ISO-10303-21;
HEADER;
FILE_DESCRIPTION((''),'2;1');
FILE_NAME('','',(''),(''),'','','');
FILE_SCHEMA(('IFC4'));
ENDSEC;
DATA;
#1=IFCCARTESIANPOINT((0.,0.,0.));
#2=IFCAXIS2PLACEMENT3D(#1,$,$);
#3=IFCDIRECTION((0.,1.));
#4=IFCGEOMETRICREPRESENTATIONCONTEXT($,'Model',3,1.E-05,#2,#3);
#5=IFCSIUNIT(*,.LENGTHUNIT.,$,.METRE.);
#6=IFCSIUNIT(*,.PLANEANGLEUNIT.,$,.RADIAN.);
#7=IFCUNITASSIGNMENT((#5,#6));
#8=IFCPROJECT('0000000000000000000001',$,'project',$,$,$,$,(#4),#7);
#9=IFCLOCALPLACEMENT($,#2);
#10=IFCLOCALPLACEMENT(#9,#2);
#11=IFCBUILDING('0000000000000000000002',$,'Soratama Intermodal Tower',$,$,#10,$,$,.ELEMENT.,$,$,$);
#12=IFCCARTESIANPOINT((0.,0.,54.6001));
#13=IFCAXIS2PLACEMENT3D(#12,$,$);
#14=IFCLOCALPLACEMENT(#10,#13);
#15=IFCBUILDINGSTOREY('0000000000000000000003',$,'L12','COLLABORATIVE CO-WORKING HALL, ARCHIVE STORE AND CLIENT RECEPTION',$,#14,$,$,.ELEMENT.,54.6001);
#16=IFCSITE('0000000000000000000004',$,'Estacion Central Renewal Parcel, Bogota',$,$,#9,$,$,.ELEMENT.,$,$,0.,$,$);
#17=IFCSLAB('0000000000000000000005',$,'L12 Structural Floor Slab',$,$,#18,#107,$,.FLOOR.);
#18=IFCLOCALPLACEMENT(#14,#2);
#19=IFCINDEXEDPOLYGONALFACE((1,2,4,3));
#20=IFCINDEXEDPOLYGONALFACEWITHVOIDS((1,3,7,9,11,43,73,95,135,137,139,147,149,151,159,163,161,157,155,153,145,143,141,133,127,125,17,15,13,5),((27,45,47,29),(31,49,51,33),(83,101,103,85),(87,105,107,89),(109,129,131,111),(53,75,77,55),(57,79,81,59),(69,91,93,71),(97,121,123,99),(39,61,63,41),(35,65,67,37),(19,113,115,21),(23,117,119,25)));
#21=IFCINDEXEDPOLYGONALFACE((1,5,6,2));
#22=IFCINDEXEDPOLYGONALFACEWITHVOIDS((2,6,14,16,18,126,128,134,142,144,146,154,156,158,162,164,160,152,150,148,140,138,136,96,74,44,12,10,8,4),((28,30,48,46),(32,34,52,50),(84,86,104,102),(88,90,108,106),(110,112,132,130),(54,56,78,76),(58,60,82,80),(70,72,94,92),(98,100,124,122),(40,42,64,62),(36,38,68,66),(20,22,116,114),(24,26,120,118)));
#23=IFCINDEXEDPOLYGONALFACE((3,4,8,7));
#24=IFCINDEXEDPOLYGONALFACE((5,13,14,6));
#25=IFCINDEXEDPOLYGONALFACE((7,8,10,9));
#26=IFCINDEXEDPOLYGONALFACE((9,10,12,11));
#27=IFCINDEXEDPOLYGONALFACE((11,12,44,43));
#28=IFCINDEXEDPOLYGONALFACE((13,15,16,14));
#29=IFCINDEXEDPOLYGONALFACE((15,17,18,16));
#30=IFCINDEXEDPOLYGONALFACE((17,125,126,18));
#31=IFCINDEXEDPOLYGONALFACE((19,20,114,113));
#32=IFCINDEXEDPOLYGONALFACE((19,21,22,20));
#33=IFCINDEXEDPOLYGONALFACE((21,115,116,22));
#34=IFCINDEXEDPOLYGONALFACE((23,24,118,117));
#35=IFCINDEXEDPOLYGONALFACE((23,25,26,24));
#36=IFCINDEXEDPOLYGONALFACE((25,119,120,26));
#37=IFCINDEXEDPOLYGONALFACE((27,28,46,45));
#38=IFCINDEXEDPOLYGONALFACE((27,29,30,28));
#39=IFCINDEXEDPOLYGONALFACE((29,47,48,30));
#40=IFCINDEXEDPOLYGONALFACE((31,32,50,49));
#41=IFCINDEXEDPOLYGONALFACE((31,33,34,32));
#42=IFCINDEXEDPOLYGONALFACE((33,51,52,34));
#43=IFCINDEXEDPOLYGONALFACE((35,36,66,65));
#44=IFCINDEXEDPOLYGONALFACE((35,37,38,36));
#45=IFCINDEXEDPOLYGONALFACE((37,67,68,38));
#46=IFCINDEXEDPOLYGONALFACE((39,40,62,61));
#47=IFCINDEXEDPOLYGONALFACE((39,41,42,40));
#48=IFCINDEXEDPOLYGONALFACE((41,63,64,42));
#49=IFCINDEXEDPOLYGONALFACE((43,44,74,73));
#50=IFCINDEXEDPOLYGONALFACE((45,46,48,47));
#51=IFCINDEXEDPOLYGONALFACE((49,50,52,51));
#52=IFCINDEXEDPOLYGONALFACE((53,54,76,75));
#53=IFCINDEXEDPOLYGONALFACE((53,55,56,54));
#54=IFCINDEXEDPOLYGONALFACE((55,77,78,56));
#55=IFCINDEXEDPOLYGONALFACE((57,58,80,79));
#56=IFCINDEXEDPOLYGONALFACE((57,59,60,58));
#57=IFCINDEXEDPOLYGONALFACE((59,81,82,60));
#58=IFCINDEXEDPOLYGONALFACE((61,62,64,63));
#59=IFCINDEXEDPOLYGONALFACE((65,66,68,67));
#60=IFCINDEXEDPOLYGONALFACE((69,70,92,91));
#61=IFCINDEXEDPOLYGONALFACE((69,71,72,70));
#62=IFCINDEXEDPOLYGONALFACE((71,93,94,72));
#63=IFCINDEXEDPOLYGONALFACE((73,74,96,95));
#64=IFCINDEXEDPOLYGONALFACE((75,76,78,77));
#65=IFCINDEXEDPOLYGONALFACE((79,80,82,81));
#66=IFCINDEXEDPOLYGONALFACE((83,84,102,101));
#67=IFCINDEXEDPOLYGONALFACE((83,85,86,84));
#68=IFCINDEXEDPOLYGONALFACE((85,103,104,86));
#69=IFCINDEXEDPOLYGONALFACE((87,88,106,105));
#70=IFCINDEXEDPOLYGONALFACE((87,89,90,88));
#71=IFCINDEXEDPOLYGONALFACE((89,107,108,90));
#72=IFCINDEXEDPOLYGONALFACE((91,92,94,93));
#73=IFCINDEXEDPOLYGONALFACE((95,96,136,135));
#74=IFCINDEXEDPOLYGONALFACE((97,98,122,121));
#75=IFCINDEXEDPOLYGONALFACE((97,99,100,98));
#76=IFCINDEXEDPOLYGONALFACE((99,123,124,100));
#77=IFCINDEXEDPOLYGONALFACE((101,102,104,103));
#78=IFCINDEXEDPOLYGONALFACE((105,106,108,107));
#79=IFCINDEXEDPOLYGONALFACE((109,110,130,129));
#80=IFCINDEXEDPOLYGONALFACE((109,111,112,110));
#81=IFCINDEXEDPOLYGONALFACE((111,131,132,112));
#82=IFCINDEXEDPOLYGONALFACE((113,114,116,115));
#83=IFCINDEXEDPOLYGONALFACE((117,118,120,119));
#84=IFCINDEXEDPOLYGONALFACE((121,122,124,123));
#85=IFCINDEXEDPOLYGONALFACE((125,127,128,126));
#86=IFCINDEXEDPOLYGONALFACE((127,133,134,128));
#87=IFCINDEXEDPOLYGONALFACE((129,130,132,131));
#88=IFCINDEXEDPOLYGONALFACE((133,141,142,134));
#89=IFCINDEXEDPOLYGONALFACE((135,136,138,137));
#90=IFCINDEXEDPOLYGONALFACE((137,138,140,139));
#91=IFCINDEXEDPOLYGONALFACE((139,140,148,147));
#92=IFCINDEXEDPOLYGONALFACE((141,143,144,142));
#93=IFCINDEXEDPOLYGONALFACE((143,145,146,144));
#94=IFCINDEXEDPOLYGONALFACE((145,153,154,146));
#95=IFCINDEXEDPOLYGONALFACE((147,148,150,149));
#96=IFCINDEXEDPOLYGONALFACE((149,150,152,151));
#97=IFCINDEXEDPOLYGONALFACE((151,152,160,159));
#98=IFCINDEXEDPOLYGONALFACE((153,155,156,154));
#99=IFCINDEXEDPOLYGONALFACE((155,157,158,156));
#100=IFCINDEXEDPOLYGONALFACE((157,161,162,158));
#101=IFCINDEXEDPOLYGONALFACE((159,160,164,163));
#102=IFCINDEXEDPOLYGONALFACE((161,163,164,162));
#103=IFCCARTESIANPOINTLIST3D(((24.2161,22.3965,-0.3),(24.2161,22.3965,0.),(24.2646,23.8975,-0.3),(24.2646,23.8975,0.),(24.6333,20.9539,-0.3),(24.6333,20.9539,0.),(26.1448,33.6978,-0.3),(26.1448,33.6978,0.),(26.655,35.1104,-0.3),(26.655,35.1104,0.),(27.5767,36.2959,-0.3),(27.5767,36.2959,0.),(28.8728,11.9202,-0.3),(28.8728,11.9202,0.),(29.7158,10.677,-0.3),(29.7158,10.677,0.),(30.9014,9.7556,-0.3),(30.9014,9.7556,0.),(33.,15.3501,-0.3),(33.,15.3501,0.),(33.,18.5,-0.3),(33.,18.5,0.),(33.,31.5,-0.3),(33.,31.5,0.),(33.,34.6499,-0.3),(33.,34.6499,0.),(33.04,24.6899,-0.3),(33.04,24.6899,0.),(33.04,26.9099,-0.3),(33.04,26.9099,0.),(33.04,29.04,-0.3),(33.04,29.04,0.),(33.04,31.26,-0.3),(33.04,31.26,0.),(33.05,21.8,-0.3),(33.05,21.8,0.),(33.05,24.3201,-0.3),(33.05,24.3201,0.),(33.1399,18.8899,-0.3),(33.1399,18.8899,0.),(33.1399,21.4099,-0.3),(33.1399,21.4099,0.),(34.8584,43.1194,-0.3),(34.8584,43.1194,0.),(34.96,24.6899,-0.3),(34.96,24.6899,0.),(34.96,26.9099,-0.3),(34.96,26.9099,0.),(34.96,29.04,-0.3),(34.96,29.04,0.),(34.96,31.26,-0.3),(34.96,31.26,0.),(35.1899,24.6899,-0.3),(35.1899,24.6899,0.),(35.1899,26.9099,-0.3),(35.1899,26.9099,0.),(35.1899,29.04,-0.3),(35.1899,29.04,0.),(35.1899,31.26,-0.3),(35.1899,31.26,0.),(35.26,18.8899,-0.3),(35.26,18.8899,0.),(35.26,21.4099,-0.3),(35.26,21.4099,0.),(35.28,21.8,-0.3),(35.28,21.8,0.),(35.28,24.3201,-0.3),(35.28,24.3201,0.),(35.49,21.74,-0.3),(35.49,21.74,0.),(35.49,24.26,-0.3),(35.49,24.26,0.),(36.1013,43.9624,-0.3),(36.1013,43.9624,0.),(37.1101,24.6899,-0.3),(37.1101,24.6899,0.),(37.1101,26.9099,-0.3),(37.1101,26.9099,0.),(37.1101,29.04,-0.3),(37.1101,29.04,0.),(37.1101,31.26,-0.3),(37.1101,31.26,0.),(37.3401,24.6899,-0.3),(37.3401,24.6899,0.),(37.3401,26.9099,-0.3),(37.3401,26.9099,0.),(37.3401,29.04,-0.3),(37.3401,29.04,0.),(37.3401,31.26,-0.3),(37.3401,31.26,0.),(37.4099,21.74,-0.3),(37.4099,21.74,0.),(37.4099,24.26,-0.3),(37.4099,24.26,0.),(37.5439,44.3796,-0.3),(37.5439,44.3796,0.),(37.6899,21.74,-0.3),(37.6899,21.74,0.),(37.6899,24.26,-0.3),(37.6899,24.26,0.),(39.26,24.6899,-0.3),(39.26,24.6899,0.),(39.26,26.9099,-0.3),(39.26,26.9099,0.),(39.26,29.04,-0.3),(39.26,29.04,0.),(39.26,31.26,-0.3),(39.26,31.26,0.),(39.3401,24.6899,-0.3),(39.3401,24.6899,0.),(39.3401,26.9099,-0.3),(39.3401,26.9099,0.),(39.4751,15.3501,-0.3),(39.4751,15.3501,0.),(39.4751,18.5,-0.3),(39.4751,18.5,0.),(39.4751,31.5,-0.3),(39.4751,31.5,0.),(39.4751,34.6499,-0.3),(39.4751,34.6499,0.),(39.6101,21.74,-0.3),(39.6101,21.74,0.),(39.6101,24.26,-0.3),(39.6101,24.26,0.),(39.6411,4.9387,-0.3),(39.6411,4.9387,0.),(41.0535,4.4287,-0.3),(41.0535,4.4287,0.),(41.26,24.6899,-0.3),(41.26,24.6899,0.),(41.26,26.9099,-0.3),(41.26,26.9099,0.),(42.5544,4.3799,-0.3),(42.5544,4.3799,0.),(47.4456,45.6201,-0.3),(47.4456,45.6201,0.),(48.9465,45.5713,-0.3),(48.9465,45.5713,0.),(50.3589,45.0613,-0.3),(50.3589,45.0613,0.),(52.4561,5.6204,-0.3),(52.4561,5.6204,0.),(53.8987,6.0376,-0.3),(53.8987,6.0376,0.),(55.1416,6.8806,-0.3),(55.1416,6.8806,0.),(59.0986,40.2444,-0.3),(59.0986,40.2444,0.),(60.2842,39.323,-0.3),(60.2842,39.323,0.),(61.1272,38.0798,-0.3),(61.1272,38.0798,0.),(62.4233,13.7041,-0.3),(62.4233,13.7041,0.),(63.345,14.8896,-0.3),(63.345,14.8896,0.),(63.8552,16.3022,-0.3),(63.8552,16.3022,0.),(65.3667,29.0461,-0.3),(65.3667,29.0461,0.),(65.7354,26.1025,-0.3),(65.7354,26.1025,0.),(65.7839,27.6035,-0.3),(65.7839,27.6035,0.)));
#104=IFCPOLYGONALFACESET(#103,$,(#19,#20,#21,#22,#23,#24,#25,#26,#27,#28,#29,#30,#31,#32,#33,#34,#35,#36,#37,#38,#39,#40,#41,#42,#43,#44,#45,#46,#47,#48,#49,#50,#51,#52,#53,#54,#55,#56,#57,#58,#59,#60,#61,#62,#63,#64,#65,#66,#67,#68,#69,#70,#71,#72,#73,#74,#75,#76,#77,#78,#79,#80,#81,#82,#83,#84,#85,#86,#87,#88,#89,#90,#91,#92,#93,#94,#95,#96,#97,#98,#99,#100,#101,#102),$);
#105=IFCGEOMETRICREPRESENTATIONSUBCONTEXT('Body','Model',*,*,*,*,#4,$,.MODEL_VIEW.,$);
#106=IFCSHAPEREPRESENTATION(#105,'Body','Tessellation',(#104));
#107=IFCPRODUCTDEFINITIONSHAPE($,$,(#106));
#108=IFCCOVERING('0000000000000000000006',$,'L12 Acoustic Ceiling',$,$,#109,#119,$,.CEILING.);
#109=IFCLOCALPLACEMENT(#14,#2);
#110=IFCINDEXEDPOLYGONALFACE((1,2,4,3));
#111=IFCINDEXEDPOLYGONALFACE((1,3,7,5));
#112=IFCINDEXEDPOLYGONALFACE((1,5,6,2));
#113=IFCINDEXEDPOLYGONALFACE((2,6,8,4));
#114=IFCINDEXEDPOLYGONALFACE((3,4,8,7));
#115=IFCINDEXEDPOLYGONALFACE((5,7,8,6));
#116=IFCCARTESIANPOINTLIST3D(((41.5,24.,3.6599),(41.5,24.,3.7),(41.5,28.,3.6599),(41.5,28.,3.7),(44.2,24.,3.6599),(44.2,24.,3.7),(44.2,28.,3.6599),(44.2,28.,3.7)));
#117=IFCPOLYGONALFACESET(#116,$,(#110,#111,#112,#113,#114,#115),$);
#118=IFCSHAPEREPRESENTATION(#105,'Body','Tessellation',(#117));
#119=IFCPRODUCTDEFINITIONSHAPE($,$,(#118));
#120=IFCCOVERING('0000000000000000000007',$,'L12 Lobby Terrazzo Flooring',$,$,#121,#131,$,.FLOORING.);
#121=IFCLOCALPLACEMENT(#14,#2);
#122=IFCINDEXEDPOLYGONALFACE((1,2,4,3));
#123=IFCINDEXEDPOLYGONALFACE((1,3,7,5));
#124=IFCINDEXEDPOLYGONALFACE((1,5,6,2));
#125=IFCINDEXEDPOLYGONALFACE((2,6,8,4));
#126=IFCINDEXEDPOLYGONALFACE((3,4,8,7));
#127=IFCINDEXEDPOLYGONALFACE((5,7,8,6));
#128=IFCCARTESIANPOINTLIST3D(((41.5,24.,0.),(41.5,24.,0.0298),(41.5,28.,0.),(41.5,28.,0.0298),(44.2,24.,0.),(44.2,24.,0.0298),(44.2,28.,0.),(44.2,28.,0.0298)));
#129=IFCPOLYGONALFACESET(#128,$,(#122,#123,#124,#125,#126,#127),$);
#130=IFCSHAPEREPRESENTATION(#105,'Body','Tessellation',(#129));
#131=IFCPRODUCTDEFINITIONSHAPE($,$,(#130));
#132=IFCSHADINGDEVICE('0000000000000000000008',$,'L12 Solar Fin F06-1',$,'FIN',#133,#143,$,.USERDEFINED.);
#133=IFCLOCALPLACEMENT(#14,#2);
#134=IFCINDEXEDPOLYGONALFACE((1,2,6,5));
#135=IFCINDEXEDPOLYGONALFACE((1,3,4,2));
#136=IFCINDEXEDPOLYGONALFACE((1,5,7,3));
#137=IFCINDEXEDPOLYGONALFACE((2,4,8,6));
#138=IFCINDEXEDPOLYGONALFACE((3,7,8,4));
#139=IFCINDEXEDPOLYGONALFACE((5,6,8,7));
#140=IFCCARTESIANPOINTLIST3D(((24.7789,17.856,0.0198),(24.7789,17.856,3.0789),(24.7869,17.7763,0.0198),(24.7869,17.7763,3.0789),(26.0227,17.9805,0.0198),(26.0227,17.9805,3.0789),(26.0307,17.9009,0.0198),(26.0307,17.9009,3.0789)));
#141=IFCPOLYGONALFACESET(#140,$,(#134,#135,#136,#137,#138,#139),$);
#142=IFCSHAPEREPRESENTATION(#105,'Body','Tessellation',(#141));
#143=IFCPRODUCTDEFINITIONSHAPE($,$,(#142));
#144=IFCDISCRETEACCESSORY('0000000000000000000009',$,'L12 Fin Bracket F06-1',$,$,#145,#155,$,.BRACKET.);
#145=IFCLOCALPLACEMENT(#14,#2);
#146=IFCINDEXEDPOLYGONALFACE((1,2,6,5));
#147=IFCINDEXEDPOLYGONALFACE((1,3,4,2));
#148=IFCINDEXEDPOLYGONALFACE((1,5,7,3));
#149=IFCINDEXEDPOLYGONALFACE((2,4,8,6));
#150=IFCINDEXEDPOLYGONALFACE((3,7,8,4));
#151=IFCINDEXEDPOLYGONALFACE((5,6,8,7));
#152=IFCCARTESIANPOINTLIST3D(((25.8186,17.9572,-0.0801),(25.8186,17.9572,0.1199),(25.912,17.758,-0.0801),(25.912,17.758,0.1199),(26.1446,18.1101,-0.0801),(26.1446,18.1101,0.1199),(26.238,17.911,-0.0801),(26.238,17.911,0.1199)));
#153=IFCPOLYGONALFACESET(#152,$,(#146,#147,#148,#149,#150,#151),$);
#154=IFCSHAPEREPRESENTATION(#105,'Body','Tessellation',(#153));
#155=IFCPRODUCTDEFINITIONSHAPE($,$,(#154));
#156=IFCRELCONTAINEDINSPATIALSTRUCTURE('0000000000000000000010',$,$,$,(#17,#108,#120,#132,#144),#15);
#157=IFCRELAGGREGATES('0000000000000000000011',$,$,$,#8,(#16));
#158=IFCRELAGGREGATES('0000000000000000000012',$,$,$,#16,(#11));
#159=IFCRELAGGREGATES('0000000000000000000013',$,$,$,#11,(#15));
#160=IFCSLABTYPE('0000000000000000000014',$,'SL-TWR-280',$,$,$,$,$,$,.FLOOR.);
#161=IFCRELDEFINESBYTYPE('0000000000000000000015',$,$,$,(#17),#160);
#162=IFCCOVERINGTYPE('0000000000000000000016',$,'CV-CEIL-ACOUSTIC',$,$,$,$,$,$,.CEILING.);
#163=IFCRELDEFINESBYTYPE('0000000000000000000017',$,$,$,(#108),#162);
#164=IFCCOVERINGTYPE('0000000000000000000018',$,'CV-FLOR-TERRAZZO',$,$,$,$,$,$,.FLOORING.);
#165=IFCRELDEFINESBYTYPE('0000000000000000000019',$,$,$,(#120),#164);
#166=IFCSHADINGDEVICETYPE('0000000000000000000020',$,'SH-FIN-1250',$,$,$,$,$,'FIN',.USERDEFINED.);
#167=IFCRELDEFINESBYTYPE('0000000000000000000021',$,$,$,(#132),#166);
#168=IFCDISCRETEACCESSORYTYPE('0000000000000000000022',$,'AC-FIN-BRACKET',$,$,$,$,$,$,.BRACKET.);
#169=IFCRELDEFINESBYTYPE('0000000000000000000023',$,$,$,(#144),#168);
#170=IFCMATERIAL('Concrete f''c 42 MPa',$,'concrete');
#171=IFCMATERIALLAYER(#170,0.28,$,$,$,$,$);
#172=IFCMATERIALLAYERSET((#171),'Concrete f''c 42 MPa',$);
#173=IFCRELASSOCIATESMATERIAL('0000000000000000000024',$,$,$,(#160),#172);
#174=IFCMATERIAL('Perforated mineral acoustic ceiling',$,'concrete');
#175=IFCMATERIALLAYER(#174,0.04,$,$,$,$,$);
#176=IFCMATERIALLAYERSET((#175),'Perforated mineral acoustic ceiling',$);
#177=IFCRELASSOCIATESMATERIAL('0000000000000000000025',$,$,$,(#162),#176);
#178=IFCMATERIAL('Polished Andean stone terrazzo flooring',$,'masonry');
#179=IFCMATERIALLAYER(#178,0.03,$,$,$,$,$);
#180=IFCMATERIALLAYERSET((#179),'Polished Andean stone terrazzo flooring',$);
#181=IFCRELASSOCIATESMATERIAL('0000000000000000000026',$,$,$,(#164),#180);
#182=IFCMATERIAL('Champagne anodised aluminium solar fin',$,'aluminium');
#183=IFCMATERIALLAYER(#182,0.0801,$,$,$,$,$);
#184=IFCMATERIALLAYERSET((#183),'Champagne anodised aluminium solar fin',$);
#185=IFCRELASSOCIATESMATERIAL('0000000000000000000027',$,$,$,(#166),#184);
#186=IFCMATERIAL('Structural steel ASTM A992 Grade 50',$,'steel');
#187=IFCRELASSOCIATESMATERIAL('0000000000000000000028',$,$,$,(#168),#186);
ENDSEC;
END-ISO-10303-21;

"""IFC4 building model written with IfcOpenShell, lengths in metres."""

from ifc_helpers import new_model, si_unit, direction, frame, origin, origin_2d, place, context, subcontext, project, spatial, polyline, rectangle, outline, extrude, material, layer, layer_set, type_object, element, save


model = new_model("IFC4")

# Units and contexts
model_context = context("Model", 3, precision=1e-05, world=origin(), true_north=direction((0.0, 1.0)))
body_context = subcontext(model_context, "Body", "Model", "MODEL_VIEW")
ifc_project = project(units=[si_unit("LENGTHUNIT", "METRE"), si_unit("PLANEANGLEUNIT", "RADIAN")], contexts=[model_context])

# Site, building, storey
site_placement = place(None, origin())
site = spatial("IfcSite", under=ifc_project, at=site_placement, Name="Estacion Central Renewal Parcel, Bogota", CompositionType="ELEMENT", RefElevation=0.0)
building_placement = place(site_placement, origin())
building = spatial("IfcBuilding", under=site, at=building_placement, Name="Soratama Intermodal Tower", CompositionType="ELEMENT")
storey_placement = place(building_placement, frame((0.0, 0.0, 54.6001)))
storey = spatial("IfcBuildingStorey", under=building, at=storey_placement, Name="L12", Description="COLLABORATIVE CO-WORKING HALL, ARCHIVE STORE AND CLIENT RECEPTION", CompositionType="ELEMENT", Elevation=54.6001)

# Slab
ifc_material_1 = material(Name="Concrete f'c 42 MPa", Category="concrete")
ifc_layer_1 = layer(ifc_material_1, 0.28)
ifc_layer_set_1 = layer_set([ifc_layer_1], Name="Concrete f'c 42 MPa")
slab_type_1 = type_object("IfcSlabType", Name="SL-TWR-280", PredefinedType="FLOOR", material=ifc_layer_set_1)
slab_1_placement = place(storey_placement, frame((0.0, 0.0, -0.3)))
element("IfcSlab", 1, at=slab_1_placement, inside=storey, type_object=slab_type_1, Name="L12 Structural Floor Slab", PredefinedType="FLOOR", context=body_context, shape_type="SweptSolid", body=[
    extrude(outline(polyline([(65.7354, 26.1025), (65.7839, 27.6035), (65.3667, 29.0461), (61.1272, 38.0798), (60.2842, 39.323), (59.0986, 40.2444), (50.3589, 45.0613), (48.9465, 45.5713), (47.4456, 45.6201), (37.5439, 44.3796), (36.1013, 43.9624), (34.8584, 43.1194), (27.5767, 36.2959), (26.655, 35.1104), (26.1448, 33.6978), (24.2646, 23.8975), (24.2161, 22.3965), (24.6333, 20.9539), (28.8728, 11.9202), (29.7158, 10.677), (30.9014, 9.7556), (39.6411, 4.9387), (41.0535, 4.4287), (42.5544, 4.3799), (52.4561, 5.6204), (53.8987, 6.0376), (55.1416, 6.8806), (62.4233, 13.7041), (63.345, 14.8896), (63.8552, 16.3022), (65.7354, 26.1025)]), holes=[polyline([(33.0, 18.5), (33.0, 15.3501), (39.4751, 15.3501), (39.4751, 18.5), (33.0, 18.5)]), polyline([(35.26, 18.8899), (35.26, 21.4099), (33.1399, 21.4099), (33.1399, 18.8899), (35.26, 18.8899)]), polyline([(33.05, 21.8), (35.28, 21.8), (35.28, 24.3201), (33.05, 24.3201), (33.05, 21.8)]), polyline([(34.96, 26.9099), (33.04, 26.9099), (33.04, 24.6899), (34.96, 24.6899), (34.96, 26.9099)]), polyline([(37.1101, 24.6899), (37.1101, 26.9099), (35.1899, 26.9099), (35.1899, 24.6899), (37.1101, 24.6899)]), polyline([(34.96, 29.04), (34.96, 31.26), (33.04, 31.26), (33.04, 29.04), (34.96, 29.04)]), polyline([(37.1101, 31.26), (35.1899, 31.26), (35.1899, 29.04), (37.1101, 29.04), (37.1101, 31.26)]), polyline([(37.4099, 21.74), (37.4099, 24.26), (35.49, 24.26), (35.49, 21.74), (37.4099, 21.74)]), polyline([(39.6101, 21.74), (39.6101, 24.26), (37.6899, 24.26), (37.6899, 21.74), (39.6101, 21.74)]), polyline([(39.26, 24.6899), (39.26, 26.9099), (37.3401, 26.9099), (37.3401, 24.6899), (39.26, 24.6899)]), polyline([(41.26, 24.6899), (41.26, 26.9099), (39.3401, 26.9099), (39.3401, 24.6899), (41.26, 24.6899)]), polyline([(39.26, 29.04), (39.26, 31.26), (37.3401, 31.26), (37.3401, 29.04), (39.26, 29.04)]), polyline([(39.4751, 34.6499), (33.0, 34.6499), (33.0, 31.5), (39.4751, 31.5), (39.4751, 34.6499)])]), origin(), (0.0, 0.0, 1.0), 0.3),
])

# Coverings
ifc_material_2 = material(Name="Perforated mineral acoustic ceiling", Category="concrete")
ifc_layer_2 = layer(ifc_material_2, 0.04)
ifc_layer_set_2 = layer_set([ifc_layer_2], Name="Perforated mineral acoustic ceiling")
covering_type_1 = type_object("IfcCoveringType", Name="CV-CEIL-ACOUSTIC", PredefinedType="CEILING", material=ifc_layer_set_2)
covering_1_placement = place(storey_placement, frame((0.0, 0.0, 3.6599)))
element("IfcCovering", 2, at=covering_1_placement, inside=storey, type_object=covering_type_1, Name="L12 Acoustic Ceiling", PredefinedType="CEILING", context=body_context, shape_type="SweptSolid", body=[
    extrude(outline(polyline([(41.5, 24.0), (44.2, 24.0), (44.2, 28.0), (41.5, 28.0), (41.5, 24.0)])), origin(), (0.0, 0.0, 1.0), 0.04),
])
ifc_material_3 = material(Name="Polished Andean stone terrazzo flooring", Category="masonry")
ifc_layer_3 = layer(ifc_material_3, 0.03)
ifc_layer_set_3 = layer_set([ifc_layer_3], Name="Polished Andean stone terrazzo flooring")
covering_type_2 = type_object("IfcCoveringType", Name="CV-FLOR-TERRAZZO", PredefinedType="FLOORING", material=ifc_layer_set_3)
covering_2_placement = place(storey_placement, origin())
element("IfcCovering", 3, at=covering_2_placement, inside=storey, type_object=covering_type_2, Name="L12 Lobby Terrazzo Flooring", PredefinedType="FLOORING", context=body_context, shape_type="SweptSolid", body=[
    extrude(outline(polyline([(41.5, 24.0), (44.2, 24.0), (44.2, 28.0), (41.5, 28.0), (41.5, 24.0)])), origin(), (0.0, 0.0, 1.0), 0.0298),
])

# Shading device
ifc_material_4 = material(Name="Champagne anodised aluminium solar fin", Category="aluminium")
ifc_layer_4 = layer(ifc_material_4, 0.0801)
ifc_layer_set_4 = layer_set([ifc_layer_4], Name="Champagne anodised aluminium solar fin")
shading_device_type = type_object("IfcShadingDeviceType", Name="SH-FIN-1250", ElementType="FIN", PredefinedType="USERDEFINED", material=ifc_layer_set_4)
shading_device_placement = place(storey_placement, frame((25.4048, 17.8784, 0.0198), z_axis=(0.0, 0.0, 1.0), x_axis=(-0.995021, -0.099667, 0.0)))
element("IfcShadingDevice", 4, at=shading_device_placement, inside=storey, type_object=shading_device_type, Name="L12 Solar Fin F06-1", ObjectType="FIN", PredefinedType="USERDEFINED", context=body_context, shape_type="SweptSolid", body=[
    extrude(rectangle(XDim=1.25, YDim=0.0801, at=origin_2d()), origin(), (0.0, 0.0, 1.0), 3.0591),
])

# Discrete accessory
ifc_material_5 = material(Name="Structural steel ASTM A992 Grade 50", Category="steel")
discrete_accessory_type = type_object("IfcDiscreteAccessoryType", Name="AC-FIN-BRACKET", PredefinedType="BRACKET", material=ifc_material_5)
discrete_accessory_placement = place(storey_placement, frame((26.0283, 17.9341, -0.0801), z_axis=(0.0, 0.0, 1.0), x_axis=(-0.905272, -0.424832, 0.0)))
element("IfcDiscreteAccessory", 5, at=discrete_accessory_placement, inside=storey, type_object=discrete_accessory_type, Name="L12 Fin Bracket F06-1", PredefinedType="BRACKET", context=body_context, shape_type="SweptSolid", body=[
    extrude(rectangle(XDim=0.3601, YDim=0.22, at=origin_2d()), origin(), (0.0, 0.0, 1.0), 0.2),
])

save(model, "model.ifc")
